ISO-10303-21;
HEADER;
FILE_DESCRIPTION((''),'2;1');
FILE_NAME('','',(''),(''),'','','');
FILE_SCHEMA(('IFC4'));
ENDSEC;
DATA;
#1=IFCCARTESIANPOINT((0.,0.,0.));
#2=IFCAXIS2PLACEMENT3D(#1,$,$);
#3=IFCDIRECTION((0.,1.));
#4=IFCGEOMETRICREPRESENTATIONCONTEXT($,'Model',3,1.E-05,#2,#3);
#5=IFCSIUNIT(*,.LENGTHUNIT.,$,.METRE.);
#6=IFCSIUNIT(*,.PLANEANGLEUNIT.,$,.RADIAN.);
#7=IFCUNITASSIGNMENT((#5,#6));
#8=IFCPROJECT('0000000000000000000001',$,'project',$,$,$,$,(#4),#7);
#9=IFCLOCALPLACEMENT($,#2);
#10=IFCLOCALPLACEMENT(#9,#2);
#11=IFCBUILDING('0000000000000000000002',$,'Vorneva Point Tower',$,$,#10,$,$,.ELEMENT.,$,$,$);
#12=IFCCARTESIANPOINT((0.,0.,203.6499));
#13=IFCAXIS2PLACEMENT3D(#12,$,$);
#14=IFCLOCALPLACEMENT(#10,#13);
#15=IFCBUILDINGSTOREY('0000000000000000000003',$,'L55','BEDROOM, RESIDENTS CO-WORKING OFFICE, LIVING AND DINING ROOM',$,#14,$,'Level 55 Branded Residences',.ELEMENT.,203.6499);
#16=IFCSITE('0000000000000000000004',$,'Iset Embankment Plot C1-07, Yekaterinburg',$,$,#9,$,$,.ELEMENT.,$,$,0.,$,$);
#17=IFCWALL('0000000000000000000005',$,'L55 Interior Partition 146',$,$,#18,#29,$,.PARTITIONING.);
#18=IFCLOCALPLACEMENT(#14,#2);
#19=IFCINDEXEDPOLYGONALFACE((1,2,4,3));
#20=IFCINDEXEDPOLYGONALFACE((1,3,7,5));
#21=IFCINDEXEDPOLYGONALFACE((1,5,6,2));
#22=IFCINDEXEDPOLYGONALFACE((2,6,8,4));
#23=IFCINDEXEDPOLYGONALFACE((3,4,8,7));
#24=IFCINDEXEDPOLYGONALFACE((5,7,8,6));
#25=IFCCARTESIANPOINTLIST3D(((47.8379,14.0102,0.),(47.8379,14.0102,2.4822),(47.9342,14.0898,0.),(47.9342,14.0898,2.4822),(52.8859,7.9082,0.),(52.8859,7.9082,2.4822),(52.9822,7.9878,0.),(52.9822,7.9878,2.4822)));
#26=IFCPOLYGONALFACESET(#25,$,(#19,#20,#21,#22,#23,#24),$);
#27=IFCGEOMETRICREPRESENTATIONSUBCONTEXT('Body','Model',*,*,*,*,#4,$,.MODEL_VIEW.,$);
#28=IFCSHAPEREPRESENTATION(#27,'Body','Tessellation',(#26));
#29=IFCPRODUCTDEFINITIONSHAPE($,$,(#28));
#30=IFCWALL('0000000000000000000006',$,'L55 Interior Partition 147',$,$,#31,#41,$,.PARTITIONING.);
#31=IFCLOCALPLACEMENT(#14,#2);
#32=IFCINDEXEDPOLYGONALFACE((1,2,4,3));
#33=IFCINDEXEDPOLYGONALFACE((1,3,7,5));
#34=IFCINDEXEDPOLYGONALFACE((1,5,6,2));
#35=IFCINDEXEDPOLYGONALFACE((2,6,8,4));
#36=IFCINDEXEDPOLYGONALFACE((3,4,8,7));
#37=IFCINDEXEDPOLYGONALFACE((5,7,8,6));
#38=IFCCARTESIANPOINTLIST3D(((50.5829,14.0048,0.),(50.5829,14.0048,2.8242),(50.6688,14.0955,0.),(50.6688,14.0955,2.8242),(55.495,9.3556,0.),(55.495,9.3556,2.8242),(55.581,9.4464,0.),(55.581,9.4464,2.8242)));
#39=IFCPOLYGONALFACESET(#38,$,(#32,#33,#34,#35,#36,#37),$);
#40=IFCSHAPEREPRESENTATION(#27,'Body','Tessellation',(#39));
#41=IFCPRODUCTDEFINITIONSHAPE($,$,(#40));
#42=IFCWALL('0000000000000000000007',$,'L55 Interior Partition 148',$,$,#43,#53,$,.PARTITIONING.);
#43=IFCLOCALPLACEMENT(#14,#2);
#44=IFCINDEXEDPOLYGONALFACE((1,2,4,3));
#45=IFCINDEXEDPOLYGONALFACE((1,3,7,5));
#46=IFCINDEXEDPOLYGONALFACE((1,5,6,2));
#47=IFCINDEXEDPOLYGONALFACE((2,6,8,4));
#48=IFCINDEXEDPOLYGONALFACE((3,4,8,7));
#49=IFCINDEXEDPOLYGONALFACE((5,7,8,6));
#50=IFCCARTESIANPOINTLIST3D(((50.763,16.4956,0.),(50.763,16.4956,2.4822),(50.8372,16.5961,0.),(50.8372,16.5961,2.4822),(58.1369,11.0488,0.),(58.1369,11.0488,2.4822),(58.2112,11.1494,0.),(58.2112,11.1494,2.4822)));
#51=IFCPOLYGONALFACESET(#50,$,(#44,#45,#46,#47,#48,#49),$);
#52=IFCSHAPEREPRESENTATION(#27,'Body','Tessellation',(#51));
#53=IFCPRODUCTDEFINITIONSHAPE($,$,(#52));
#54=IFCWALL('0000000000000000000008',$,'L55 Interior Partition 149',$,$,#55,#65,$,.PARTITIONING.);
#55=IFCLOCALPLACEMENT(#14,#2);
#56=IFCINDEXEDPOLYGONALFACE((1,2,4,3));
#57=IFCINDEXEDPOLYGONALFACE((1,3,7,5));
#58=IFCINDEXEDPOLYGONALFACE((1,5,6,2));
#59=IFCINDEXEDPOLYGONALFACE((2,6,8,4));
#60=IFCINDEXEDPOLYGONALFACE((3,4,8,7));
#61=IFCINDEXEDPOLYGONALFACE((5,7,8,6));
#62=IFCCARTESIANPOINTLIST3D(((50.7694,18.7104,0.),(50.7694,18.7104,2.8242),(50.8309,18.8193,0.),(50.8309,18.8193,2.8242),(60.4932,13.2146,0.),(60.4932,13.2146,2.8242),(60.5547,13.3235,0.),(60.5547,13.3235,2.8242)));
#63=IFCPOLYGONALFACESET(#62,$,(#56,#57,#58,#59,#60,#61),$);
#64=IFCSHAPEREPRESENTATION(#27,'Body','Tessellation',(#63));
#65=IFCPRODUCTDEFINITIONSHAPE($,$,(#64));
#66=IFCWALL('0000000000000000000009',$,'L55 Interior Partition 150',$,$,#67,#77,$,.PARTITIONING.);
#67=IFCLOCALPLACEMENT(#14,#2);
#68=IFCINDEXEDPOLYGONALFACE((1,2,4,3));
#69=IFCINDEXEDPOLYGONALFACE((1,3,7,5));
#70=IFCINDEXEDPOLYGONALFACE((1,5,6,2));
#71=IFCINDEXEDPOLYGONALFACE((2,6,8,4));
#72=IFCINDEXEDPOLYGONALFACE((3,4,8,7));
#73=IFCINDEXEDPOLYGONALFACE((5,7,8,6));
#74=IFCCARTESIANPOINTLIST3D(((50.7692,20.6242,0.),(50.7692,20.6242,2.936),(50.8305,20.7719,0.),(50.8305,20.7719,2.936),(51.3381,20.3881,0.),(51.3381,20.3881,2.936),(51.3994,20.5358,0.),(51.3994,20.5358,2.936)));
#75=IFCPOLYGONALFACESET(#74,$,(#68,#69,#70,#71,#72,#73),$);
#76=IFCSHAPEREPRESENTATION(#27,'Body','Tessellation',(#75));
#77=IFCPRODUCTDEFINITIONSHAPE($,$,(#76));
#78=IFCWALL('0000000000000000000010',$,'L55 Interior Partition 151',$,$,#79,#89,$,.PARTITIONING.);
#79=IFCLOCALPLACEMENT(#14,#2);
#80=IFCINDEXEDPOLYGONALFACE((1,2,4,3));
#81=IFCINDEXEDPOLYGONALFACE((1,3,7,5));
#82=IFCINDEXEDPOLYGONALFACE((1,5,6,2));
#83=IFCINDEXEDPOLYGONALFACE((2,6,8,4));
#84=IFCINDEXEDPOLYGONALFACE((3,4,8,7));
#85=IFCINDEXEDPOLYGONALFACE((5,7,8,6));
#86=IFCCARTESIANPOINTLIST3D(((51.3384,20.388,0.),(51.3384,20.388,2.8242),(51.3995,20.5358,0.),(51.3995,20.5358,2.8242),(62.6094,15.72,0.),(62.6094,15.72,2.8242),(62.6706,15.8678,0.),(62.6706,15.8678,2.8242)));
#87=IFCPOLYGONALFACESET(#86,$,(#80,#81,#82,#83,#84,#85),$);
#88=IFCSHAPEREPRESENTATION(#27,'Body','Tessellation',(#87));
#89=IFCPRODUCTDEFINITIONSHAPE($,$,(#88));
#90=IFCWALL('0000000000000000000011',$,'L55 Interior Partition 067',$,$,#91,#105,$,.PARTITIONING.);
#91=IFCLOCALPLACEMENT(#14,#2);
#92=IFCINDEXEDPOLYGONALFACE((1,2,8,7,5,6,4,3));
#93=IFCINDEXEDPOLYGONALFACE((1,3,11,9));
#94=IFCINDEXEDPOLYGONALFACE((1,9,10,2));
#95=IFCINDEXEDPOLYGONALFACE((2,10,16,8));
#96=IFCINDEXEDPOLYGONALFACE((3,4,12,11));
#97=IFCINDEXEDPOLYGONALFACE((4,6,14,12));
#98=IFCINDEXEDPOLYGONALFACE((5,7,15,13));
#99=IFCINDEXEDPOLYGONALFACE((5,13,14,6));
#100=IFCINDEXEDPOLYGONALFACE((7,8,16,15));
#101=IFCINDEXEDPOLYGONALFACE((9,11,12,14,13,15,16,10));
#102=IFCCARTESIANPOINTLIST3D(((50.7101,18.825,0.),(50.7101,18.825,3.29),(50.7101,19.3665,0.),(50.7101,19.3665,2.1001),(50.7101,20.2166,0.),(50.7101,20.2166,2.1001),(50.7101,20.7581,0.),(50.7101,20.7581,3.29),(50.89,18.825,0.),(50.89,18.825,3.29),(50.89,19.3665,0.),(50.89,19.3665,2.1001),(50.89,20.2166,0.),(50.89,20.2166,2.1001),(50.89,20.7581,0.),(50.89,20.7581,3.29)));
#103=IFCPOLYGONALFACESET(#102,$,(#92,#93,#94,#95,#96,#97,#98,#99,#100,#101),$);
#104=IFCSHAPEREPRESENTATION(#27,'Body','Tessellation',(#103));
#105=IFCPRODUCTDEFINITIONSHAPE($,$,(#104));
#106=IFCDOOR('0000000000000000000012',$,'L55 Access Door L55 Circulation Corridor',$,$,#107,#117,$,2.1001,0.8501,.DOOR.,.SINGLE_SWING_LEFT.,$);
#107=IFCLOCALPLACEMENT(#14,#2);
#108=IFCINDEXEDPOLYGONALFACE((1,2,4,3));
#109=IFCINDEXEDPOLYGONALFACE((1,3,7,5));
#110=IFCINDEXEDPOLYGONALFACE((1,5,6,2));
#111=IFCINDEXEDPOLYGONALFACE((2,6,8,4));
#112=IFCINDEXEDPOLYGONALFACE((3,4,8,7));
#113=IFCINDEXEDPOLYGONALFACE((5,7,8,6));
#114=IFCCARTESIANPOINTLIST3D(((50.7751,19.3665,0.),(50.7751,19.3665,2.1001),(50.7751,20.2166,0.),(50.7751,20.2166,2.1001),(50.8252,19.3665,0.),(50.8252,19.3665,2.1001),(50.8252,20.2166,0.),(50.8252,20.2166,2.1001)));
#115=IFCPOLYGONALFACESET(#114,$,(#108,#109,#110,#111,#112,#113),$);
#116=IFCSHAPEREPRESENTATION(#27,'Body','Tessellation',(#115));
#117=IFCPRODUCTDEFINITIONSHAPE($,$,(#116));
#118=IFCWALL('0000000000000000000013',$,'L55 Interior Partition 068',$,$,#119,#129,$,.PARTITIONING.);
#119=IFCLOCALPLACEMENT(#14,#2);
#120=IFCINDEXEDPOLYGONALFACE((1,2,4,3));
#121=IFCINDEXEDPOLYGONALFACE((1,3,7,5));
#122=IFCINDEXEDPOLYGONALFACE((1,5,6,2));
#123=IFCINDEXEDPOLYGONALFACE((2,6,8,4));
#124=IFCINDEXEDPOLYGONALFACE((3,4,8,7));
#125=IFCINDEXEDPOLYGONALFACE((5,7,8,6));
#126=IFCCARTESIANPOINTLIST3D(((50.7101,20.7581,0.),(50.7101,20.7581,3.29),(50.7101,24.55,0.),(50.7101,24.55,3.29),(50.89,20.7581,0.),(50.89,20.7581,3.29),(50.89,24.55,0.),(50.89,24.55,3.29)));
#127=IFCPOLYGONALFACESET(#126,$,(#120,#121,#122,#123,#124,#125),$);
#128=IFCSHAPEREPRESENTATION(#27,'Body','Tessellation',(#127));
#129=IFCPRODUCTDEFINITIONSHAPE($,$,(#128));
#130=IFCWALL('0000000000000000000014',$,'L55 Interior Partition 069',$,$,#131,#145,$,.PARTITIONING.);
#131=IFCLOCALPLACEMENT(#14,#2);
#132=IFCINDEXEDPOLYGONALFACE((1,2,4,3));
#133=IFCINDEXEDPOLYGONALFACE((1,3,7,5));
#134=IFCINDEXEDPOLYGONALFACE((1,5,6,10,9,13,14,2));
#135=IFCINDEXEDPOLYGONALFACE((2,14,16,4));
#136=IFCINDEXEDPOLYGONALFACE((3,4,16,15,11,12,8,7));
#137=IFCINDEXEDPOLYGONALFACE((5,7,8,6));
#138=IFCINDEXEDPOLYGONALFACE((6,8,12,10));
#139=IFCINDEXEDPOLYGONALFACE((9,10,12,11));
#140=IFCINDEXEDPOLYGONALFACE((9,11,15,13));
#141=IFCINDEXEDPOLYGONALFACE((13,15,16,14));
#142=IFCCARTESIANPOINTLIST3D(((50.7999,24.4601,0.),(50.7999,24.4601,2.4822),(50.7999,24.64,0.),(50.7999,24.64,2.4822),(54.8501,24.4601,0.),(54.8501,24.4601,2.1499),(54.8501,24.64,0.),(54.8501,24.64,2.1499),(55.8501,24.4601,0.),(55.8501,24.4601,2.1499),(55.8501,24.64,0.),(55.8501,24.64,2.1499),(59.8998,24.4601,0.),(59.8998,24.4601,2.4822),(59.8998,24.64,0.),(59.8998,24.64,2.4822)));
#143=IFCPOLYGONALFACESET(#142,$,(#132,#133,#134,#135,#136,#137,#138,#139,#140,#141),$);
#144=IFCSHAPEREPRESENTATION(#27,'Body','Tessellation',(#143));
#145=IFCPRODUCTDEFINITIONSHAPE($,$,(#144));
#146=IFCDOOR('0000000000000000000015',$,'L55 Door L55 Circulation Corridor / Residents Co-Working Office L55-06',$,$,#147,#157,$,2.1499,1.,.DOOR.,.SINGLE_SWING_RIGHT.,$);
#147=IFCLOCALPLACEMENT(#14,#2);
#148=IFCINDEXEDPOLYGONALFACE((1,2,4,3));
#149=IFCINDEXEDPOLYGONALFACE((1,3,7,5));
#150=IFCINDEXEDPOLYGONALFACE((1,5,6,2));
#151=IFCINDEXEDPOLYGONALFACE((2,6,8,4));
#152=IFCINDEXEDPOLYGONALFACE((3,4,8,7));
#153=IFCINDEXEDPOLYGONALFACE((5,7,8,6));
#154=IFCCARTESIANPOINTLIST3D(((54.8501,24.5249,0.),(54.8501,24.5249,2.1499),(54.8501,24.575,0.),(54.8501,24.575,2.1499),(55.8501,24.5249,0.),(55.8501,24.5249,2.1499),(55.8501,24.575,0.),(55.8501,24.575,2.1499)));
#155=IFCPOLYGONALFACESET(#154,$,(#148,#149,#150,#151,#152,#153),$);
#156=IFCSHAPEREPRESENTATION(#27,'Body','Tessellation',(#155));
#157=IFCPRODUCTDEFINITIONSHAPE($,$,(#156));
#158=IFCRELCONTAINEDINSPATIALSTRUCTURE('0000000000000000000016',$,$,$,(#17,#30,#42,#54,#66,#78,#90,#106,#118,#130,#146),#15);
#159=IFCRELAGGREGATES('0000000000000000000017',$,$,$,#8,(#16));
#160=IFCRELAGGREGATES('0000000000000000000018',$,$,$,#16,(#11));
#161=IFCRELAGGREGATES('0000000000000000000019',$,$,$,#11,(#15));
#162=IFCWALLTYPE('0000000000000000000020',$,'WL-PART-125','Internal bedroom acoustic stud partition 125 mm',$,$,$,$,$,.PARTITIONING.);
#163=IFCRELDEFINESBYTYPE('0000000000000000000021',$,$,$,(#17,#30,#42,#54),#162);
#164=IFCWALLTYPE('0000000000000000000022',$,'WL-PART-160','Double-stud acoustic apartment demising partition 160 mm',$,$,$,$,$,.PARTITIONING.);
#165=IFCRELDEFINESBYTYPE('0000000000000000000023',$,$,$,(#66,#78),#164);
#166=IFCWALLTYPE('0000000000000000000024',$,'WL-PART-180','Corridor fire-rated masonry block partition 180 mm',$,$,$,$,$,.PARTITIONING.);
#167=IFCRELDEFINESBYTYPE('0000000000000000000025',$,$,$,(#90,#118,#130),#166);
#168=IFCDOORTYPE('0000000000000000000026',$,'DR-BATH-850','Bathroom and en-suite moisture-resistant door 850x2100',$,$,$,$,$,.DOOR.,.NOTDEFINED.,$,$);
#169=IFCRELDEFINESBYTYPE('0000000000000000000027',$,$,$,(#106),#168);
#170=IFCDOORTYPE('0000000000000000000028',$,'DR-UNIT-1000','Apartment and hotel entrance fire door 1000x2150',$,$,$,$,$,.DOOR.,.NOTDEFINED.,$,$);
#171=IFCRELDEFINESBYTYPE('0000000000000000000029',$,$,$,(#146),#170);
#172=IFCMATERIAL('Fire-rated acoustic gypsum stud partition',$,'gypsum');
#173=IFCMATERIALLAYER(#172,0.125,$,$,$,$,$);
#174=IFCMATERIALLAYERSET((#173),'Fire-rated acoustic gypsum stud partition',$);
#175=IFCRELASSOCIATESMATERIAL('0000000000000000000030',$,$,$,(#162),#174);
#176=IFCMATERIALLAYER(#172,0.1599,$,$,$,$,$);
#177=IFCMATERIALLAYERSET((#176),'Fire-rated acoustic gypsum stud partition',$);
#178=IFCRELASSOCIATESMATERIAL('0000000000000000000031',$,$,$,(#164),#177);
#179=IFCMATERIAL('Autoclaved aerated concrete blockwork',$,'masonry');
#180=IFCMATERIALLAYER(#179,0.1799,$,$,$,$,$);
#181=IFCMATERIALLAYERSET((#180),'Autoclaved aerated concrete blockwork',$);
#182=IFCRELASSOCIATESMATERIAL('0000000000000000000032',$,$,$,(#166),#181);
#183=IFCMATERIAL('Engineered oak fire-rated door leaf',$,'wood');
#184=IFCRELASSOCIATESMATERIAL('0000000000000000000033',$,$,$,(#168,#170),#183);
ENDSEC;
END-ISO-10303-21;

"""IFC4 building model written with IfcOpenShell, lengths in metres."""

from ifc_helpers import new_model, si_unit, direction, frame, frame_2d, origin, place, context, subcontext, project, spatial, rectangle, extrude, material, layer, layer_set, type_object, element, fill, save


model = new_model("IFC4")

# Units and contexts
model_context = context("Model", 3, precision=1e-05, world=origin(), true_north=direction((0.0, 1.0)))
body_context = subcontext(model_context, "Body", "Model", "MODEL_VIEW")
ifc_project = project(units=[si_unit("LENGTHUNIT", "METRE"), si_unit("PLANEANGLEUNIT", "RADIAN")], contexts=[model_context])

# Site, building, storey
site_placement = place(None, origin())
site = spatial("IfcSite", under=ifc_project, at=site_placement, Name="Iset Embankment Plot C1-07, Yekaterinburg", CompositionType="ELEMENT", RefElevation=0.0)
building_placement = place(site_placement, origin())
building = spatial("IfcBuilding", under=site, at=building_placement, Name="Vorneva Point Tower", CompositionType="ELEMENT")
storey_placement = place(building_placement, frame((0.0, 0.0, 203.6499)))
storey = spatial("IfcBuildingStorey", under=building, at=storey_placement, Name="L55", Description="BEDROOM, RESIDENTS CO-WORKING OFFICE, LIVING AND DINING ROOM", LongName="Level 55 Branded Residences", CompositionType="ELEMENT", Elevation=203.6499)

# Walls
ifc_material_1 = material(Name="Fire-rated acoustic gypsum stud partition", Category="gypsum")
ifc_layer_1 = layer(ifc_material_1, 0.125)
ifc_layer_set_1 = layer_set([ifc_layer_1], Name="Fire-rated acoustic gypsum stud partition")
wall_type_1 = type_object("IfcWallType", Name="WL-PART-125", Description="Internal bedroom acoustic stud partition 125 mm", PredefinedType="PARTITIONING", material=ifc_layer_set_1)
wall_1_placement = place(storey_placement, frame((52.9341, 7.948, 0.0), z_axis=(0.0, 0.0, 1.0), x_axis=(-0.637427, 0.770511, 0.0)))
element("IfcWall", 1, at=wall_1_placement, inside=storey, type_object=wall_type_1, Name="L55 Interior Partition 146", PredefinedType="PARTITIONING", context=body_context, shape_type="SweptSolid", body=[
    extrude(rectangle(XDim=7.9194, YDim=0.125, at=frame_2d((3.9597, 0.0))), origin(), (0.0, 0.0, 1.0), 2.4822),
])
wall_2_placement = place(storey_placement, frame((55.5381, 9.4009, 0.0), z_axis=(0.0, 0.0, 1.0), x_axis=(-0.726278, 0.687401, 0.0)))
element("IfcWall", 2, at=wall_2_placement, inside=storey, type_object=wall_type_1, Name="L55 Interior Partition 147", PredefinedType="PARTITIONING", context=body_context, shape_type="SweptSolid", body=[
    extrude(rectangle(XDim=6.7634, YDim=0.125, at=frame_2d((3.3818, 0.0))), origin(), (0.0, 0.0, 1.0), 2.8242),
])
wall_3_placement = place(storey_placement, frame((58.1741, 11.0991, 0.0), z_axis=(0.0, 0.0, 1.0), x_axis=(-0.804363, 0.594138, 0.0)))
element("IfcWall", 3, at=wall_3_placement, inside=storey, type_object=wall_type_1, Name="L55 Interior Partition 148", PredefinedType="PARTITIONING", context=body_context, shape_type="SweptSolid", body=[
    extrude(rectangle(XDim=9.1675, YDim=0.125, at=frame_2d((4.5837, 0.0))), origin(), (0.0, 0.0, 1.0), 2.4822),
])
wall_4_placement = place(storey_placement, frame((60.5239, 13.269, 0.0), z_axis=(0.0, 0.0, 1.0), x_axis=(-0.870573, 0.49204, 0.0)))
element("IfcWall", 4, at=wall_4_placement, inside=storey, type_object=wall_type_1, Name="L55 Interior Partition 149", PredefinedType="PARTITIONING", context=body_context, shape_type="SweptSolid", body=[
    extrude(rectangle(XDim=11.1694, YDim=0.125, at=frame_2d((5.5847, 0.0))), origin(), (0.0, 0.0, 1.0), 2.8242),
])
ifc_layer_2 = layer(ifc_material_1, 0.1599)
ifc_layer_set_2 = layer_set([ifc_layer_2], Name="Fire-rated acoustic gypsum stud partition")
wall_type_2 = type_object("IfcWallType", Name="WL-PART-160", Description="Double-stud acoustic apartment demising partition 160 mm", PredefinedType="PARTITIONING", material=ifc_layer_set_2)
wall_5_placement = place(storey_placement, frame((51.3689, 20.4619, 0.0), z_axis=(0.0, 0.0, 1.0), x_axis=(-0.923615, 0.38332, 0.0)))
element("IfcWall", 5, at=wall_5_placement, inside=storey, type_object=wall_type_2, Name="L55 Interior Partition 150", PredefinedType="PARTITIONING", context=body_context, shape_type="SweptSolid", body=[
    extrude(rectangle(XDim=0.616, YDim=0.1599, at=frame_2d((0.3081, 0.0))), origin(), (0.0, 0.0, 1.0), 2.936),
])
wall_6_placement = place(storey_placement, frame((62.6399, 15.7939, 0.0), z_axis=(0.0, 0.0, 1.0), x_axis=(-0.923898, 0.382639, 0.0)))
element("IfcWall", 6, at=wall_6_placement, inside=storey, type_object=wall_type_2, Name="L55 Interior Partition 151", PredefinedType="PARTITIONING", context=body_context, shape_type="SweptSolid", body=[
    extrude(rectangle(XDim=12.1995, YDim=0.1599, at=frame_2d((6.0996, 0.0))), origin(), (0.0, 0.0, 1.0), 2.8242),
])

# Wall, opening, door
ifc_material_2 = material(Name="Autoclaved aerated concrete blockwork", Category="masonry")
ifc_layer_3 = layer(ifc_material_2, 0.1799)
ifc_layer_set_3 = layer_set([ifc_layer_3], Name="Autoclaved aerated concrete blockwork")
wall_type_3 = type_object("IfcWallType", Name="WL-PART-180", Description="Corridor fire-rated masonry block partition 180 mm", PredefinedType="PARTITIONING", material=ifc_layer_set_3)
wall_7_placement = place(storey_placement, frame((50.8, 18.825, 0.0), z_axis=(0.0, 0.0, 1.0), x_axis=(0.0, 1.0, 0.0)))
wall_7 = element("IfcWall", 7, at=wall_7_placement, inside=storey, type_object=wall_type_3, Name="L55 Interior Partition 067", PredefinedType="PARTITIONING", context=body_context, shape_type="SweptSolid", body=[
    extrude(rectangle(XDim=1.9331, YDim=0.1799, at=frame_2d((0.9666, 0.0))), origin(), (0.0, 0.0, 1.0), 3.29),
])
opening_1_placement = place(wall_7_placement, frame((0.5415, 0.0, 0.0)))
opening_1 = element("IfcOpeningElement", 8, at=opening_1_placement, cuts=wall_7, PredefinedType="OPENING", context=body_context, shape_type="SweptSolid", body=[
    extrude(rectangle(XDim=0.8501, YDim=2.1001, at=frame_2d((0.425, 1.05))), frame((0.0, 0.105, 0.0), z_axis=(0.0, -1.0, 0.0), x_axis=(1.0, 0.0, 0.0)), (0.0, 0.0, 1.0), 0.2097),
])
ifc_material_3 = material(Name="Engineered oak fire-rated door leaf", Category="wood")
door_type_1 = type_object("IfcDoorType", Name="DR-BATH-850", Description="Bathroom and en-suite moisture-resistant door 850x2100", OperationType="NOTDEFINED", PredefinedType="DOOR", material=ifc_material_3)
door_1_placement = place(opening_1_placement, origin())
door_1 = element("IfcDoor", 9, at=door_1_placement, inside=storey, type_object=door_type_1, Name="L55 Access Door L55 Circulation Corridor", OperationType="SINGLE_SWING_LEFT", OverallHeight=2.1001, OverallWidth=0.8501, PredefinedType="DOOR", context=body_context, shape_type="SweptSolid", body=[
    extrude(rectangle(XDim=0.8501, YDim=2.1001, at=frame_2d((0.425, 1.05))), frame((0.0, 0.0249, 0.0), z_axis=(0.0, -1.0, 0.0), x_axis=(1.0, 0.0, 0.0)), (0.0, 0.0, 1.0), 0.05),
])
fill(opening_1, door_1)

# Wall
wall_8_placement = place(storey_placement, frame((50.8, 20.7581, 0.0), z_axis=(0.0, 0.0, 1.0), x_axis=(0.0, 1.0, 0.0)))
element("IfcWall", 10, at=wall_8_placement, inside=storey, type_object=wall_type_3, Name="L55 Interior Partition 068", PredefinedType="PARTITIONING", context=body_context, shape_type="SweptSolid", body=[
    extrude(rectangle(XDim=3.792, YDim=0.1799, at=frame_2d((1.896, 0.0))), origin(), (0.0, 0.0, 1.0), 3.29),
])

# Wall, opening, door
wall_9_placement = place(storey_placement, frame((50.8, 24.55, 0.0), z_axis=(0.0, 0.0, 1.0), x_axis=(1.0, 0.0, 0.0)))
wall_9 = element("IfcWall", 11, at=wall_9_placement, inside=storey, type_object=wall_type_3, Name="L55 Interior Partition 069", PredefinedType="PARTITIONING", context=body_context, shape_type="SweptSolid", body=[
    extrude(rectangle(XDim=9.0999, YDim=0.1799, at=frame_2d((4.5498, 0.0))), origin(), (0.0, 0.0, 1.0), 2.4822),
])
opening_2_placement = place(wall_9_placement, frame((4.05, 0.0, 0.0)))
opening_2 = element("IfcOpeningElement", 12, at=opening_2_placement, cuts=wall_9, PredefinedType="OPENING", context=body_context, shape_type="SweptSolid", body=[
    extrude(rectangle(XDim=1.0, YDim=2.1499, at=frame_2d((0.5, 1.075))), frame((0.0, 0.105, 0.0), z_axis=(0.0, -1.0, 0.0), x_axis=(1.0, 0.0, 0.0)), (0.0, 0.0, 1.0), 0.2097),
])
door_type_2 = type_object("IfcDoorType", Name="DR-UNIT-1000", Description="Apartment and hotel entrance fire door 1000x2150", OperationType="NOTDEFINED", PredefinedType="DOOR", material=ifc_material_3)
door_2_placement = place(opening_2_placement, origin())
door_2 = element("IfcDoor", 13, at=door_2_placement, inside=storey, type_object=door_type_2, Name="L55 Door L55 Circulation Corridor / Residents Co-Working Office L55-06", OperationType="SINGLE_SWING_RIGHT", OverallHeight=2.1499, OverallWidth=1.0, PredefinedType="DOOR", context=body_context, shape_type="SweptSolid", body=[
    extrude(rectangle(XDim=1.0, YDim=2.1499, at=frame_2d((0.5, 1.075))), frame((0.0, 0.0249, 0.0), z_axis=(0.0, -1.0, 0.0), x_axis=(1.0, 0.0, 0.0)), (0.0, 0.0, 1.0), 0.05),
])
fill(opening_2, door_2)

save(model, "model.ifc")
